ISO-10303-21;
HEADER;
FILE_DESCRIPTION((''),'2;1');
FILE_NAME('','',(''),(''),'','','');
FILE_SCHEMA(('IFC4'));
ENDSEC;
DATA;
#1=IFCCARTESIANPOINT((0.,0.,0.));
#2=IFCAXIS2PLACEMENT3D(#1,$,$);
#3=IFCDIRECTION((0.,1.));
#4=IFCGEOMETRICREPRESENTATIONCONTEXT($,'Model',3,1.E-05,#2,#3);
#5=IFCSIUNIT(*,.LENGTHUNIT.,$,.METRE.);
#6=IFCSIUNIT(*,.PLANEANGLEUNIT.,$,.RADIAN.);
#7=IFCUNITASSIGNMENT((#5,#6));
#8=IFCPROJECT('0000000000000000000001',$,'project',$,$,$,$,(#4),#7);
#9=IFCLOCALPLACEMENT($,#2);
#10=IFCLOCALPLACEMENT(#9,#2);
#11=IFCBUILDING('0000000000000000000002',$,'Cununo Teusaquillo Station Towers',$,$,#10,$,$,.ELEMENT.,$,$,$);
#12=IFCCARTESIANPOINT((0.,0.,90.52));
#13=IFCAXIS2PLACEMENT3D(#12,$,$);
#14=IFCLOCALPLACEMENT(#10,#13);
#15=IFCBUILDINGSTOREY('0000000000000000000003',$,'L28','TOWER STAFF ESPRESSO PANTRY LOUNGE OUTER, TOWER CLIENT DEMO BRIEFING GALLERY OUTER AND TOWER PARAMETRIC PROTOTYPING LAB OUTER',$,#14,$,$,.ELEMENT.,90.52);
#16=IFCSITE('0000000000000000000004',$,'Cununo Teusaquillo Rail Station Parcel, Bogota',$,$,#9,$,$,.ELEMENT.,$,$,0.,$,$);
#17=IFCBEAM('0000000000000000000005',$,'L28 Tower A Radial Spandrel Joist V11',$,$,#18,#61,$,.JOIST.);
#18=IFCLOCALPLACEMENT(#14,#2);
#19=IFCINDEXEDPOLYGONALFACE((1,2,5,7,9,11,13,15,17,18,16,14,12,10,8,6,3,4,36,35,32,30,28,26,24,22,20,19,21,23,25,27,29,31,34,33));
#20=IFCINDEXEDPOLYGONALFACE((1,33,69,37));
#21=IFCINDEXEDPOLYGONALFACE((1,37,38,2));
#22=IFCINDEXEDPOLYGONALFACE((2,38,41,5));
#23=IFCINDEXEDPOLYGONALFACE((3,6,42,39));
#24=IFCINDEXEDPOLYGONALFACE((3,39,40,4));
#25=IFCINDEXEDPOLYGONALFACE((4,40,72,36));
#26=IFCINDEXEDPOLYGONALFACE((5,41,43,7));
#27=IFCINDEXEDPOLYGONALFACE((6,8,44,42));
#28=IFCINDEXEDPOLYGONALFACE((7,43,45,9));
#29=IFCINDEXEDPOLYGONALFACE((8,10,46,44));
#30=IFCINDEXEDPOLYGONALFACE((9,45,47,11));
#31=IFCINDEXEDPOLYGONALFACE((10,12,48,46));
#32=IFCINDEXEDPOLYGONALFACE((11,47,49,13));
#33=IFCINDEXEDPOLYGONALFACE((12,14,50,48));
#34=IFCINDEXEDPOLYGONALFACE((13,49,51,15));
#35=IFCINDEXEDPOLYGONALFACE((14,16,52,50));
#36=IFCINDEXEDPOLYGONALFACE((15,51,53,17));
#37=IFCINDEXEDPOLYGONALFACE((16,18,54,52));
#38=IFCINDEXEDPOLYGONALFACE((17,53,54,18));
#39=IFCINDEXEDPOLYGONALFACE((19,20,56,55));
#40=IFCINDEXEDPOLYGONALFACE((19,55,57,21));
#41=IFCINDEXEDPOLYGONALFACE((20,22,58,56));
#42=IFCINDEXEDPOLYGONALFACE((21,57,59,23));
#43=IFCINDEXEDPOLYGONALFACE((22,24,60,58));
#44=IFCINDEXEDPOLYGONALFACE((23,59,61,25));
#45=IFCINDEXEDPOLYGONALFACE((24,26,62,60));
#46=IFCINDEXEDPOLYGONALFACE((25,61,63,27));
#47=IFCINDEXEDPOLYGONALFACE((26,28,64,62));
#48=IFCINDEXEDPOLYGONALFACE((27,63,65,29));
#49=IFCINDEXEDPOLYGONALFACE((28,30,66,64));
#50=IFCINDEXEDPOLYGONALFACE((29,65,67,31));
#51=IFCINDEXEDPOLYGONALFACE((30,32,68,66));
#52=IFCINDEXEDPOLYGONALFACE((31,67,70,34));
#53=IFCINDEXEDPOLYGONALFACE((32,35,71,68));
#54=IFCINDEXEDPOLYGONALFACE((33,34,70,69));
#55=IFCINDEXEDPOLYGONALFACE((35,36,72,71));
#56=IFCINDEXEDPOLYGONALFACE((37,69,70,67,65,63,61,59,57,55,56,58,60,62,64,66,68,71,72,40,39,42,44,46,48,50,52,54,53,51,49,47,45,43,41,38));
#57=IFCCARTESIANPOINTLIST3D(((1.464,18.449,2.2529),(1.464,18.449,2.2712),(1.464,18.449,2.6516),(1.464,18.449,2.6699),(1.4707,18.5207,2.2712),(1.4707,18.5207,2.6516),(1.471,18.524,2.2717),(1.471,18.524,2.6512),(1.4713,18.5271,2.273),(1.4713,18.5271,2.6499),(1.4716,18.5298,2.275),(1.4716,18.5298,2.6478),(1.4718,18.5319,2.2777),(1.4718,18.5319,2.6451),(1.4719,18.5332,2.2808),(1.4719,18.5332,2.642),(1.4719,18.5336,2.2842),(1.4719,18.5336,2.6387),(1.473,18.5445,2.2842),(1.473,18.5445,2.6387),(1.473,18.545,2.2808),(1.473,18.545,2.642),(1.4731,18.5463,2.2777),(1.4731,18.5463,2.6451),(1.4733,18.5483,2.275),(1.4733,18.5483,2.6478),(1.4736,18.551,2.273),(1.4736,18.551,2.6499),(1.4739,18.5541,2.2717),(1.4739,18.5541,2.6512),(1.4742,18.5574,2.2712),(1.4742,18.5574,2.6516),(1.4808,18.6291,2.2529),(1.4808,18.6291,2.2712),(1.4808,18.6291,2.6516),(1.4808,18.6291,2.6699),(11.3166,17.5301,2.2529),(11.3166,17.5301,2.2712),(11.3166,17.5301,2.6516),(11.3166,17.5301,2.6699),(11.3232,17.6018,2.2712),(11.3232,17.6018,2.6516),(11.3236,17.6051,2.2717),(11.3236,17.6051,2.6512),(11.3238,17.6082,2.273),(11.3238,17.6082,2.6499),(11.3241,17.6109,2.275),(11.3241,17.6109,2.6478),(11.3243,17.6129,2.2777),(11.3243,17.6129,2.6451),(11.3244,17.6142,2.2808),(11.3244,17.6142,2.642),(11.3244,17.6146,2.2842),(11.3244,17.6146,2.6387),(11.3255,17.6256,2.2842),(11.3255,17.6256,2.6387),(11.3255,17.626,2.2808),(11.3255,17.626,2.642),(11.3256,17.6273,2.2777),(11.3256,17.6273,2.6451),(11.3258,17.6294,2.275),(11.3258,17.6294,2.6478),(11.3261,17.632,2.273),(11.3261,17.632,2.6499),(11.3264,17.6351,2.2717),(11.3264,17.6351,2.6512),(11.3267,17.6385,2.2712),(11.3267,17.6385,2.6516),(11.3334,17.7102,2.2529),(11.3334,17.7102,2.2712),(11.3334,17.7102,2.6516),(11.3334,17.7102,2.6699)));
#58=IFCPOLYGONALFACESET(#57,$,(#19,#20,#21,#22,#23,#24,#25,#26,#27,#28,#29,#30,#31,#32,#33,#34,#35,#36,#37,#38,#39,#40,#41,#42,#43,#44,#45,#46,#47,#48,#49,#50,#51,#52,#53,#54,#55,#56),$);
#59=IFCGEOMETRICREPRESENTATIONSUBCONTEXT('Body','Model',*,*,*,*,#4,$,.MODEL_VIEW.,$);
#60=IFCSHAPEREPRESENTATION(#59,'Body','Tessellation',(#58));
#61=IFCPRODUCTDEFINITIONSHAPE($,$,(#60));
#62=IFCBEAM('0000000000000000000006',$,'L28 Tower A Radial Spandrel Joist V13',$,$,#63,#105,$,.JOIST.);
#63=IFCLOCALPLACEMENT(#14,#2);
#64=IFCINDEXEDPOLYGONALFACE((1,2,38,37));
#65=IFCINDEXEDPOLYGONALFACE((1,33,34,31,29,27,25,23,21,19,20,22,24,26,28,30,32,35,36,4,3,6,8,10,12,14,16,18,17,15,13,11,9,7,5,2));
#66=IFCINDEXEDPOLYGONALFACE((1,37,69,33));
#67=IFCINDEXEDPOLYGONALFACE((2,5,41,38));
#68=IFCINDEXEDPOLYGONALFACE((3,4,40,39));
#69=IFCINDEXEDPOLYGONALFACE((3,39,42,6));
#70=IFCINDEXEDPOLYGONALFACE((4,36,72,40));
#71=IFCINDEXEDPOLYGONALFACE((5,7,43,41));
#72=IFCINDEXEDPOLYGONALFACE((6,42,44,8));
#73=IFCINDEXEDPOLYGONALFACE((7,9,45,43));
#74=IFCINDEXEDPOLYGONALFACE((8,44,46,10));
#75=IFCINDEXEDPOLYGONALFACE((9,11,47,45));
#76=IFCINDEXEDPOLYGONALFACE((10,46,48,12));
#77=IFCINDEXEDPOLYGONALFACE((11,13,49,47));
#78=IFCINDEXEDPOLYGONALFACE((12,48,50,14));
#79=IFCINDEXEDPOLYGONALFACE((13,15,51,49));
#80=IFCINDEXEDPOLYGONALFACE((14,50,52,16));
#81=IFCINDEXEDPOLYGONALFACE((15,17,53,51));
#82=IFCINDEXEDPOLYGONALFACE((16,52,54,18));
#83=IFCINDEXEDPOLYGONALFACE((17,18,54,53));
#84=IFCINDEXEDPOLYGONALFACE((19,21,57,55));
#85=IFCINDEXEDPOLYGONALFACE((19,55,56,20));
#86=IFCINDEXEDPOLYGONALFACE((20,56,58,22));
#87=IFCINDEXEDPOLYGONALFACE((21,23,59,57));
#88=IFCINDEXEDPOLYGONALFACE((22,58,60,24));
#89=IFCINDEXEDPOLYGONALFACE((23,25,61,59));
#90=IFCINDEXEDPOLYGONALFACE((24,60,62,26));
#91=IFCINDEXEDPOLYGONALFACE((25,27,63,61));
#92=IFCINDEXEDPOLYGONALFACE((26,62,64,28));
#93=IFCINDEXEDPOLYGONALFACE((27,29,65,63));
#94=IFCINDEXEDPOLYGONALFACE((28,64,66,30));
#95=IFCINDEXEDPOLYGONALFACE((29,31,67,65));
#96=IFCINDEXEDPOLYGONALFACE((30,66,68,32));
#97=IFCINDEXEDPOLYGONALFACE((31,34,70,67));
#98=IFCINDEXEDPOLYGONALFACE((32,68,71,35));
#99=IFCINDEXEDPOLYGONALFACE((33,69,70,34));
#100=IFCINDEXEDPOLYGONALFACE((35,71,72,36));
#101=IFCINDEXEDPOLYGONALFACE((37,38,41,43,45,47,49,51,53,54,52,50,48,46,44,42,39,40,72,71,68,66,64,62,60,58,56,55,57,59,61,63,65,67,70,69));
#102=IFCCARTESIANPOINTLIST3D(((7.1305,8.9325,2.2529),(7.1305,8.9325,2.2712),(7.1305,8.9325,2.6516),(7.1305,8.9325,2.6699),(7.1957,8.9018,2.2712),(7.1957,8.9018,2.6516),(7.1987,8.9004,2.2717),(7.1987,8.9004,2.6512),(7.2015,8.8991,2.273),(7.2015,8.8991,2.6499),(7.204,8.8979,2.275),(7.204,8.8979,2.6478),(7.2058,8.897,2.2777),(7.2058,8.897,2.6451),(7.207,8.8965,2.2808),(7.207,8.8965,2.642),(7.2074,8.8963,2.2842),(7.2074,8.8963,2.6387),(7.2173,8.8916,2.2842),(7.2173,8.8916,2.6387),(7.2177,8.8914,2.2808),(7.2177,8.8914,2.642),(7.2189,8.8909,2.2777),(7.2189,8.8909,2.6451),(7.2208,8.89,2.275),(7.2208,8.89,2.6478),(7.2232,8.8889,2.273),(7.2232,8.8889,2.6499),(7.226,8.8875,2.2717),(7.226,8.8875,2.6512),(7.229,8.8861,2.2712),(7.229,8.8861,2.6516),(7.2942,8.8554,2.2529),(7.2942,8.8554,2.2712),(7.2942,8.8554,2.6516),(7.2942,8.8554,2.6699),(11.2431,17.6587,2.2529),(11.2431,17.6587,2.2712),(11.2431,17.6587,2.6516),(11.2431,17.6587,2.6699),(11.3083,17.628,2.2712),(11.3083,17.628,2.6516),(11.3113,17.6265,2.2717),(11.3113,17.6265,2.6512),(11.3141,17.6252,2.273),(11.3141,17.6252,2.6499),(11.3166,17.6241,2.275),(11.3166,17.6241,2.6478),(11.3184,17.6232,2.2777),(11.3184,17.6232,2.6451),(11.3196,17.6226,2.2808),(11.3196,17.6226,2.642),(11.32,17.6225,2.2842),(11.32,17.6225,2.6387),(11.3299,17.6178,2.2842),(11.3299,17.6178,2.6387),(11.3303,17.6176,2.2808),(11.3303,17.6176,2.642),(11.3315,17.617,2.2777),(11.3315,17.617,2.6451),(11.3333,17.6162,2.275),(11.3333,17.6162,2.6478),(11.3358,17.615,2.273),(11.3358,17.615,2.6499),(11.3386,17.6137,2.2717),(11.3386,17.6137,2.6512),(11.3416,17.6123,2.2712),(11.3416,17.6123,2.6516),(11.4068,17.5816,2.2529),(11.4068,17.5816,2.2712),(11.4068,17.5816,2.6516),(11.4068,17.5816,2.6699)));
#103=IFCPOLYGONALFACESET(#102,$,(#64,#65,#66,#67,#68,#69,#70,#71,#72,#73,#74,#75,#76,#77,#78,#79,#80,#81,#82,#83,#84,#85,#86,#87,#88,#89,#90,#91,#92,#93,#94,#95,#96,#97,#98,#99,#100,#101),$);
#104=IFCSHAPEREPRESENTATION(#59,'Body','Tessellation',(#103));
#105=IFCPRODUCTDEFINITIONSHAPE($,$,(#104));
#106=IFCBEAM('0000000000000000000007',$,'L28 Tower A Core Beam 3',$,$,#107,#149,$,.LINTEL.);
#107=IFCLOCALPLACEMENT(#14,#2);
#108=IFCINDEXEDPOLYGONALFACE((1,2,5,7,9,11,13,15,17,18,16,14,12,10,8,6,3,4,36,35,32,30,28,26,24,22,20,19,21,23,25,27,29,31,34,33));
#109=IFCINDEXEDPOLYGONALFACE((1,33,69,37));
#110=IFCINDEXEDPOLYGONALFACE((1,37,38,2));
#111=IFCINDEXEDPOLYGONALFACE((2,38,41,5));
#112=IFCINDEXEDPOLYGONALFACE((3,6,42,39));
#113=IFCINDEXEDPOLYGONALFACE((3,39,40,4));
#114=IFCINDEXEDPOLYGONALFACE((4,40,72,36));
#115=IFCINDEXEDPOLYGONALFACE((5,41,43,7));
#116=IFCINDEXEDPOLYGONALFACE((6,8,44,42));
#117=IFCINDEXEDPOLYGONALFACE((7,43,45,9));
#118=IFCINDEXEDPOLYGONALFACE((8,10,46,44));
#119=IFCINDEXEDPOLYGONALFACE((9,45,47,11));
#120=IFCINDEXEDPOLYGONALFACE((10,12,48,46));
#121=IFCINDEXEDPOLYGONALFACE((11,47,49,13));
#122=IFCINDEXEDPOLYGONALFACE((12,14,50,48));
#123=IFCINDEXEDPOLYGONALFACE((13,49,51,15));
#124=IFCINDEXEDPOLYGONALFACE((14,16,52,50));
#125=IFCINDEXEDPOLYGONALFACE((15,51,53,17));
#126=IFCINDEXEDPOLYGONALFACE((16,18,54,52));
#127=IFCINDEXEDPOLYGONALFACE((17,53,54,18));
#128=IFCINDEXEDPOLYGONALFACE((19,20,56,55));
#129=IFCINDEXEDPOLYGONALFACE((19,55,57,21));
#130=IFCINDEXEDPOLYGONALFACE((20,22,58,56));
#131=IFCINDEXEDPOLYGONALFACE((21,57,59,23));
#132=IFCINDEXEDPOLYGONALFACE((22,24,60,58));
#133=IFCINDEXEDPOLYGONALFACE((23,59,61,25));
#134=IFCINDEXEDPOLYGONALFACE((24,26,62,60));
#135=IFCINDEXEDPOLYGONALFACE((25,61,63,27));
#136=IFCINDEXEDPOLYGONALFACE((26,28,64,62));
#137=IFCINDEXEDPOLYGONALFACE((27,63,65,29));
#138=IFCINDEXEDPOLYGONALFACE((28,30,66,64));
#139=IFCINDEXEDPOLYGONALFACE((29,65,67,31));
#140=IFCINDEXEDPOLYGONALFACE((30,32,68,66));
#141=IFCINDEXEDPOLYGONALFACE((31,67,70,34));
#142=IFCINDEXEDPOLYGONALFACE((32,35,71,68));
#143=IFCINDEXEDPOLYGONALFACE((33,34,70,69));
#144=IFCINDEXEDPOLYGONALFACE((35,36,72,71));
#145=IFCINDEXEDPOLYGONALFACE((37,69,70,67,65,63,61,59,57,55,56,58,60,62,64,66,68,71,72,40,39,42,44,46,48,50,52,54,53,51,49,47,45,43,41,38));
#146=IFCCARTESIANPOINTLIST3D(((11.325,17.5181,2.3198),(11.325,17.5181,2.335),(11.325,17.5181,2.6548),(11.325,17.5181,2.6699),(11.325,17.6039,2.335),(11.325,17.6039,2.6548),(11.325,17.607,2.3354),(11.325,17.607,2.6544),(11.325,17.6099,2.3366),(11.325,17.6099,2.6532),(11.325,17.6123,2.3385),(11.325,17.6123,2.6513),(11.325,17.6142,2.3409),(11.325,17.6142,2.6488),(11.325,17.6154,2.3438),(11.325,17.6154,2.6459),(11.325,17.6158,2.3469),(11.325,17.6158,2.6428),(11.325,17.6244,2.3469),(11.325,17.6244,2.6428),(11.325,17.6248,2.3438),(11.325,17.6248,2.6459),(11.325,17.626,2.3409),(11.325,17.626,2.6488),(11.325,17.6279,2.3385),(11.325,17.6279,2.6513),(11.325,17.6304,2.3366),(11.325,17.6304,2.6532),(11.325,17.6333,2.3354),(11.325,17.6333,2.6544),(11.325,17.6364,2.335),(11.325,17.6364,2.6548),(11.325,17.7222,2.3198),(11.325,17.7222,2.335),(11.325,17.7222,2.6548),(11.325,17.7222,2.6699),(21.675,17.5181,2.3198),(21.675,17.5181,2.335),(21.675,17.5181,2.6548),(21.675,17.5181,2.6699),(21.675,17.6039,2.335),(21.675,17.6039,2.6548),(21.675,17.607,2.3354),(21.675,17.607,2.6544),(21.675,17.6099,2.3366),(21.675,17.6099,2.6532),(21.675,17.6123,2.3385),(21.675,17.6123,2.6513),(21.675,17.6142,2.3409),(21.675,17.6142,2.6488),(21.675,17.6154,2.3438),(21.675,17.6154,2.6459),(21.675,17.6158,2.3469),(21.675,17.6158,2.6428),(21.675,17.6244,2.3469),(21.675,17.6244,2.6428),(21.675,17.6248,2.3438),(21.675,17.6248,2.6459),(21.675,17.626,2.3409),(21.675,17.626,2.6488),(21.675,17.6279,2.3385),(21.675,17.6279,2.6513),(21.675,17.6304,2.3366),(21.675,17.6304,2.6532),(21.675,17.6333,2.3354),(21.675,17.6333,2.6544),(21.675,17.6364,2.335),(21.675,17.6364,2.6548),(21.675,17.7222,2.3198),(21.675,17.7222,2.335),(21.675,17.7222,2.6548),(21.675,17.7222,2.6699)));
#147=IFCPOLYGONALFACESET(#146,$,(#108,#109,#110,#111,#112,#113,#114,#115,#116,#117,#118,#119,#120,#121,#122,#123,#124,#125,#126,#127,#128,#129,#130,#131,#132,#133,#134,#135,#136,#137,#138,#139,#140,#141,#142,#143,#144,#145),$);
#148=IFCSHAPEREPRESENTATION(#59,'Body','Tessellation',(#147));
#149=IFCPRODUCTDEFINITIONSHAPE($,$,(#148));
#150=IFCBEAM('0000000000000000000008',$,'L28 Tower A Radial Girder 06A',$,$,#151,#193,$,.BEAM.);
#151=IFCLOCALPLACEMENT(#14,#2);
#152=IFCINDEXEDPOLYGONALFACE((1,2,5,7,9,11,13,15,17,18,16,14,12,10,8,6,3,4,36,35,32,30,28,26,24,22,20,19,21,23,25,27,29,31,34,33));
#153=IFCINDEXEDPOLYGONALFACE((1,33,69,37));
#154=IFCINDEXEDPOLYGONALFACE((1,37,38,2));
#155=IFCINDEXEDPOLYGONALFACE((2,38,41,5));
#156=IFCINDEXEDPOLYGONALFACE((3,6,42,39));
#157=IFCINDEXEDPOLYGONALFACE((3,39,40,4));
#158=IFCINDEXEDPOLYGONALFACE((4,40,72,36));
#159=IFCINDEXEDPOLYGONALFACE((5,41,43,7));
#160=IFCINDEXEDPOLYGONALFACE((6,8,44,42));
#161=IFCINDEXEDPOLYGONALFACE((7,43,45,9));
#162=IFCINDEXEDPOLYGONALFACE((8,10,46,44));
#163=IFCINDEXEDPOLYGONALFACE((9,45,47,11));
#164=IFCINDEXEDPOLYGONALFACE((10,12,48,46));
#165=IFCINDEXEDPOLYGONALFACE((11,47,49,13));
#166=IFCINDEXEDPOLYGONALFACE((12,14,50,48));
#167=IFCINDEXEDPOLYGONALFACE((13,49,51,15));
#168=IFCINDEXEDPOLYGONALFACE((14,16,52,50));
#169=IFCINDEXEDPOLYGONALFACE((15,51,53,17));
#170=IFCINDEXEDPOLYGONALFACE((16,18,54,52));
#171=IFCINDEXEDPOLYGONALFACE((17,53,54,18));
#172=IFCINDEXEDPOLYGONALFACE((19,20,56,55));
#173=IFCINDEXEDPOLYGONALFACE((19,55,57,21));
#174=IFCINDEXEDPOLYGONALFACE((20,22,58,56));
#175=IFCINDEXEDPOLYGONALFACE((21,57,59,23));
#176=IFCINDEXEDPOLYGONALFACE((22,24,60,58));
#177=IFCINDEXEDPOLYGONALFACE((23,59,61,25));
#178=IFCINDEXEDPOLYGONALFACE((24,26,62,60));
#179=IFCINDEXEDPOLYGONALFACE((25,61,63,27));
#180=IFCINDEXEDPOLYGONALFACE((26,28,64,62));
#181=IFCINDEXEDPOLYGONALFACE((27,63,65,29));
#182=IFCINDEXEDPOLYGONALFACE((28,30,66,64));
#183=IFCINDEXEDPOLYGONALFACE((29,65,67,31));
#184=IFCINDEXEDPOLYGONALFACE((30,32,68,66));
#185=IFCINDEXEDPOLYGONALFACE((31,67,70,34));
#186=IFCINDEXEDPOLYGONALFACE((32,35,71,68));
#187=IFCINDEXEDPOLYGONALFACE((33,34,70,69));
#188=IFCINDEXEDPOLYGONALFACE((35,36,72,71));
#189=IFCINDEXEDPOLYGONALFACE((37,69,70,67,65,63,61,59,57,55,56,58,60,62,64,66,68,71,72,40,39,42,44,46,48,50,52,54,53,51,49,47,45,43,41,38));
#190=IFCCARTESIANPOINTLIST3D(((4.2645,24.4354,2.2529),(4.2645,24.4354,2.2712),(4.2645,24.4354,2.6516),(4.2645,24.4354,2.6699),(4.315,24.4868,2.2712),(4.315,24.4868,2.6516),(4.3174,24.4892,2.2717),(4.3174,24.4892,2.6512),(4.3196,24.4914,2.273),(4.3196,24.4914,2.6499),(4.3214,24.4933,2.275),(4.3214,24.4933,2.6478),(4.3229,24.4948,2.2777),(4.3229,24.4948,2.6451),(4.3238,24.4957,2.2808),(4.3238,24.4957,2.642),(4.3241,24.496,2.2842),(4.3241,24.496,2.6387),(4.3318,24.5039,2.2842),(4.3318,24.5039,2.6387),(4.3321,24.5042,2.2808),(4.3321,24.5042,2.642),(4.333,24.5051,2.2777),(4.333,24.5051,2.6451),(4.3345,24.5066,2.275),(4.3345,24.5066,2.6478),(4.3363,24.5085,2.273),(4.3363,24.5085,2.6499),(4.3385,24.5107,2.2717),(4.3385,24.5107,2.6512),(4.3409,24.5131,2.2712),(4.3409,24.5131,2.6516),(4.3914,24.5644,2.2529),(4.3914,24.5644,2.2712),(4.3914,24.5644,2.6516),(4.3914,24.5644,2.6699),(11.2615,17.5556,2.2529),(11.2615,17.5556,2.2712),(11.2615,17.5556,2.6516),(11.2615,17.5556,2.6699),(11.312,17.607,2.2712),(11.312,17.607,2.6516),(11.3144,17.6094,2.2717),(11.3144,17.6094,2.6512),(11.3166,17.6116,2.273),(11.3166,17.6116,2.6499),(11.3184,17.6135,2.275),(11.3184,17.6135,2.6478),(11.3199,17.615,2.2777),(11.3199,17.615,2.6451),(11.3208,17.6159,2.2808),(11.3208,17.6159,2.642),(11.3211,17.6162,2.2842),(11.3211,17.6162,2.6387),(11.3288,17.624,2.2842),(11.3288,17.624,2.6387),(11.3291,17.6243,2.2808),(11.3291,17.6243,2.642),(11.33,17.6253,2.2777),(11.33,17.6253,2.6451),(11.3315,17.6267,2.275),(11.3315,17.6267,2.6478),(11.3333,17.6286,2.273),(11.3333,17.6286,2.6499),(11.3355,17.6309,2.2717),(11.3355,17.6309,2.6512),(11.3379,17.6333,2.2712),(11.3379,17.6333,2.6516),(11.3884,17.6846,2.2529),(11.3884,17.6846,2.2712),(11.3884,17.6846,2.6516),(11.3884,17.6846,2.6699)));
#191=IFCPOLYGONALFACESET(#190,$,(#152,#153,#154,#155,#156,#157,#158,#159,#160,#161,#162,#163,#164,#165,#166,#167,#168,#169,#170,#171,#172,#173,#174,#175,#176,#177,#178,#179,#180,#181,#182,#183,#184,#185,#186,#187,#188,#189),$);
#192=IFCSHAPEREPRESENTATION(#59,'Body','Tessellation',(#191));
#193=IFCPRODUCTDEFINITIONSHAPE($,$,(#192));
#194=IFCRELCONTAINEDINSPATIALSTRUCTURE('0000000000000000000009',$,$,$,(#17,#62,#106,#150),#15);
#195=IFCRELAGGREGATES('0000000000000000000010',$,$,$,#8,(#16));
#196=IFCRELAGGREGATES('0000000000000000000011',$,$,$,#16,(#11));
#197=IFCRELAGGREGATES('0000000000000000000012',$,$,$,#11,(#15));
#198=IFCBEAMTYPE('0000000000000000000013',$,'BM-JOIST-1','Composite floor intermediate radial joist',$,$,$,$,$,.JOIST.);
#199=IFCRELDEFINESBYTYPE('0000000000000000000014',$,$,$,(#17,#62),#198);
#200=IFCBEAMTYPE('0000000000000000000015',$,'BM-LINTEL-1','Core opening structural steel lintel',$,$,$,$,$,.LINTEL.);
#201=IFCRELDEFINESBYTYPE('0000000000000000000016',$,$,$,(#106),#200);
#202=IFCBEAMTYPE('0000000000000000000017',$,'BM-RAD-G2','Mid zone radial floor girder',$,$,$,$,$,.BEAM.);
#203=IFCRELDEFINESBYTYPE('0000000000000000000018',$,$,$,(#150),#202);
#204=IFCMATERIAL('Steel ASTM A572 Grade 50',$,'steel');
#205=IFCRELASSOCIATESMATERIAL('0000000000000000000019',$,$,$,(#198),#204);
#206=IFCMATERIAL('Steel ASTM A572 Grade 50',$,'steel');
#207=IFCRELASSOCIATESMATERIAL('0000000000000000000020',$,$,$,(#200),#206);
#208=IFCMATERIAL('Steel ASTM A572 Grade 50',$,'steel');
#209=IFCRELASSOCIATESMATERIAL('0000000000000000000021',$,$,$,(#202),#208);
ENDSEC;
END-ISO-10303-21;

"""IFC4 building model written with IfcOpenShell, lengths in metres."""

from ifc_helpers import new_model, si_unit, direction, frame, origin, origin_2d, place, context, subcontext, project, spatial, i_section, extrude, material, material_profile, profile_set, type_object, element, save


model = new_model("IFC4")

# Units and contexts
model_context = context("Model", 3, precision=1e-05, world=origin(), true_north=direction((0.0, 1.0)))
body_context = subcontext(model_context, "Body", "Model", "MODEL_VIEW")
ifc_project = project(units=[si_unit("LENGTHUNIT", "METRE"), si_unit("PLANEANGLEUNIT", "RADIAN")], contexts=[model_context])

# Site, building, storey
site_placement = place(None, origin())
site = spatial("IfcSite", under=ifc_project, at=site_placement, Name="Cununo Teusaquillo Rail Station Parcel, Bogota", CompositionType="ELEMENT", RefElevation=0.0)
building_placement = place(site_placement, origin())
building = spatial("IfcBuilding", under=site, at=building_placement, Name="Cununo Teusaquillo Station Towers", CompositionType="ELEMENT")
storey_placement = place(building_placement, frame((0.0, 0.0, 90.52)))
storey = spatial("IfcBuildingStorey", under=building, at=storey_placement, Name="L28", Description="TOWER STAFF ESPRESSO PANTRY LOUNGE OUTER, TOWER CLIENT DEMO BRIEFING GALLERY OUTER AND TOWER PARAMETRIC PROTOTYPING LAB OUTER", CompositionType="ELEMENT", Elevation=90.52)

# Beams
ifc_material_1 = material(Name="Steel ASTM A572 Grade 50", Category="steel")
ifc_material_profile_1 = material_profile(ifc_material_1, i_section(OverallWidth=0.1809, OverallDepth=0.417, WebThickness=0.011, FlangeThickness=0.0183, FilletRadius=0.0129, at=origin_2d()), Name="W16X57")
ifc_profile_set_1 = profile_set([ifc_material_profile_1], Name="Steel ASTM A572 Grade 50")
beam_type_1 = type_object("IfcBeamType", Name="BM-JOIST-1", Description="Composite floor intermediate radial joist", PredefinedType="JOIST", material=ifc_profile_set_1)
beam_1_placement = place(storey_placement, frame((11.325, 17.6201, 2.4614), z_axis=(-0.995679, 0.092867, 0.0), x_axis=(-0.092867, -0.995679, 0.0)))
element("IfcBeam", 1, at=beam_1_placement, inside=storey, type_object=beam_type_1, Name="L28 Tower A Radial Spandrel Joist V11", PredefinedType="JOIST", context=body_context, shape_type="SweptSolid", body=[
    extrude(i_section(OverallWidth=0.1809, OverallDepth=0.417, WebThickness=0.011, FlangeThickness=0.0183, FilletRadius=0.0129, at=origin_2d()), origin(), (0.0, 0.0, 1.0), 9.8953),
])
beam_2_placement = place(storey_placement, frame((11.325, 17.6201, 2.4614), z_axis=(-0.42632, -0.904572, 0.0), x_axis=(0.904572, -0.42632, 0.0)))
element("IfcBeam", 2, at=beam_2_placement, inside=storey, type_object=beam_type_1, Name="L28 Tower A Radial Spandrel Joist V13", PredefinedType="JOIST", context=body_context, shape_type="SweptSolid", body=[
    extrude(i_section(OverallWidth=0.1809, OverallDepth=0.417, WebThickness=0.011, FlangeThickness=0.0183, FilletRadius=0.0129, at=origin_2d()), origin(), (0.0, 0.0, 1.0), 9.6467),
])
ifc_material_2 = material(Name="Steel ASTM A572 Grade 50", Category="steel")
ifc_material_profile_2 = material_profile(ifc_material_2, i_section(OverallWidth=0.2041, OverallDepth=0.3501, WebThickness=0.0085, FlangeThickness=0.0151, FilletRadius=0.012, at=origin_2d()), Name="W14X48")
ifc_profile_set_2 = profile_set([ifc_material_profile_2], Name="Steel ASTM A572 Grade 50")
beam_type_2 = type_object("IfcBeamType", Name="BM-LINTEL-1", Description="Core opening structural steel lintel", PredefinedType="LINTEL", material=ifc_profile_set_2)
beam_3_placement = place(storey_placement, frame((11.325, 17.6201, 2.4949), z_axis=(1.0, 0.0, 0.0), x_axis=(0.0, 1.0, 0.0)))
element("IfcBeam", 3, at=beam_3_placement, inside=storey, type_object=beam_type_2, Name="L28 Tower A Core Beam 3", PredefinedType="LINTEL", context=body_context, shape_type="SweptSolid", body=[
    extrude(i_section(OverallWidth=0.2041, OverallDepth=0.3501, WebThickness=0.0085, FlangeThickness=0.0151, FilletRadius=0.012, at=origin_2d()), origin(), (0.0, 0.0, 1.0), 10.3501),
])
ifc_material_3 = material(Name="Steel ASTM A572 Grade 50", Category="steel")
ifc_material_profile_3 = material_profile(ifc_material_3, i_section(OverallWidth=0.1809, OverallDepth=0.417, WebThickness=0.011, FlangeThickness=0.0183, FilletRadius=0.0129, at=origin_2d()), Name="W16X57")
ifc_profile_set_3 = profile_set([ifc_material_profile_3], Name="Steel ASTM A572 Grade 50")
beam_type_3 = type_object("IfcBeamType", Name="BM-RAD-G2", Description="Mid zone radial floor girder", PredefinedType="BEAM", material=ifc_profile_set_3)
beam_4_placement = place(storey_placement, frame((11.325, 17.6201, 2.4614), z_axis=(-0.713053, 0.70111, 0.0), x_axis=(-0.70111, -0.713053, 0.0)))
element("IfcBeam", 4, at=beam_4_placement, inside=storey, type_object=beam_type_3, Name="L28 Tower A Radial Girder 06A", PredefinedType="BEAM", context=body_context, shape_type="SweptSolid", body=[
    extrude(i_section(OverallWidth=0.1809, OverallDepth=0.417, WebThickness=0.011, FlangeThickness=0.0183, FilletRadius=0.0129, at=origin_2d()), origin(), (0.0, 0.0, 1.0), 9.8127),
])

save(model, "model.ifc")
